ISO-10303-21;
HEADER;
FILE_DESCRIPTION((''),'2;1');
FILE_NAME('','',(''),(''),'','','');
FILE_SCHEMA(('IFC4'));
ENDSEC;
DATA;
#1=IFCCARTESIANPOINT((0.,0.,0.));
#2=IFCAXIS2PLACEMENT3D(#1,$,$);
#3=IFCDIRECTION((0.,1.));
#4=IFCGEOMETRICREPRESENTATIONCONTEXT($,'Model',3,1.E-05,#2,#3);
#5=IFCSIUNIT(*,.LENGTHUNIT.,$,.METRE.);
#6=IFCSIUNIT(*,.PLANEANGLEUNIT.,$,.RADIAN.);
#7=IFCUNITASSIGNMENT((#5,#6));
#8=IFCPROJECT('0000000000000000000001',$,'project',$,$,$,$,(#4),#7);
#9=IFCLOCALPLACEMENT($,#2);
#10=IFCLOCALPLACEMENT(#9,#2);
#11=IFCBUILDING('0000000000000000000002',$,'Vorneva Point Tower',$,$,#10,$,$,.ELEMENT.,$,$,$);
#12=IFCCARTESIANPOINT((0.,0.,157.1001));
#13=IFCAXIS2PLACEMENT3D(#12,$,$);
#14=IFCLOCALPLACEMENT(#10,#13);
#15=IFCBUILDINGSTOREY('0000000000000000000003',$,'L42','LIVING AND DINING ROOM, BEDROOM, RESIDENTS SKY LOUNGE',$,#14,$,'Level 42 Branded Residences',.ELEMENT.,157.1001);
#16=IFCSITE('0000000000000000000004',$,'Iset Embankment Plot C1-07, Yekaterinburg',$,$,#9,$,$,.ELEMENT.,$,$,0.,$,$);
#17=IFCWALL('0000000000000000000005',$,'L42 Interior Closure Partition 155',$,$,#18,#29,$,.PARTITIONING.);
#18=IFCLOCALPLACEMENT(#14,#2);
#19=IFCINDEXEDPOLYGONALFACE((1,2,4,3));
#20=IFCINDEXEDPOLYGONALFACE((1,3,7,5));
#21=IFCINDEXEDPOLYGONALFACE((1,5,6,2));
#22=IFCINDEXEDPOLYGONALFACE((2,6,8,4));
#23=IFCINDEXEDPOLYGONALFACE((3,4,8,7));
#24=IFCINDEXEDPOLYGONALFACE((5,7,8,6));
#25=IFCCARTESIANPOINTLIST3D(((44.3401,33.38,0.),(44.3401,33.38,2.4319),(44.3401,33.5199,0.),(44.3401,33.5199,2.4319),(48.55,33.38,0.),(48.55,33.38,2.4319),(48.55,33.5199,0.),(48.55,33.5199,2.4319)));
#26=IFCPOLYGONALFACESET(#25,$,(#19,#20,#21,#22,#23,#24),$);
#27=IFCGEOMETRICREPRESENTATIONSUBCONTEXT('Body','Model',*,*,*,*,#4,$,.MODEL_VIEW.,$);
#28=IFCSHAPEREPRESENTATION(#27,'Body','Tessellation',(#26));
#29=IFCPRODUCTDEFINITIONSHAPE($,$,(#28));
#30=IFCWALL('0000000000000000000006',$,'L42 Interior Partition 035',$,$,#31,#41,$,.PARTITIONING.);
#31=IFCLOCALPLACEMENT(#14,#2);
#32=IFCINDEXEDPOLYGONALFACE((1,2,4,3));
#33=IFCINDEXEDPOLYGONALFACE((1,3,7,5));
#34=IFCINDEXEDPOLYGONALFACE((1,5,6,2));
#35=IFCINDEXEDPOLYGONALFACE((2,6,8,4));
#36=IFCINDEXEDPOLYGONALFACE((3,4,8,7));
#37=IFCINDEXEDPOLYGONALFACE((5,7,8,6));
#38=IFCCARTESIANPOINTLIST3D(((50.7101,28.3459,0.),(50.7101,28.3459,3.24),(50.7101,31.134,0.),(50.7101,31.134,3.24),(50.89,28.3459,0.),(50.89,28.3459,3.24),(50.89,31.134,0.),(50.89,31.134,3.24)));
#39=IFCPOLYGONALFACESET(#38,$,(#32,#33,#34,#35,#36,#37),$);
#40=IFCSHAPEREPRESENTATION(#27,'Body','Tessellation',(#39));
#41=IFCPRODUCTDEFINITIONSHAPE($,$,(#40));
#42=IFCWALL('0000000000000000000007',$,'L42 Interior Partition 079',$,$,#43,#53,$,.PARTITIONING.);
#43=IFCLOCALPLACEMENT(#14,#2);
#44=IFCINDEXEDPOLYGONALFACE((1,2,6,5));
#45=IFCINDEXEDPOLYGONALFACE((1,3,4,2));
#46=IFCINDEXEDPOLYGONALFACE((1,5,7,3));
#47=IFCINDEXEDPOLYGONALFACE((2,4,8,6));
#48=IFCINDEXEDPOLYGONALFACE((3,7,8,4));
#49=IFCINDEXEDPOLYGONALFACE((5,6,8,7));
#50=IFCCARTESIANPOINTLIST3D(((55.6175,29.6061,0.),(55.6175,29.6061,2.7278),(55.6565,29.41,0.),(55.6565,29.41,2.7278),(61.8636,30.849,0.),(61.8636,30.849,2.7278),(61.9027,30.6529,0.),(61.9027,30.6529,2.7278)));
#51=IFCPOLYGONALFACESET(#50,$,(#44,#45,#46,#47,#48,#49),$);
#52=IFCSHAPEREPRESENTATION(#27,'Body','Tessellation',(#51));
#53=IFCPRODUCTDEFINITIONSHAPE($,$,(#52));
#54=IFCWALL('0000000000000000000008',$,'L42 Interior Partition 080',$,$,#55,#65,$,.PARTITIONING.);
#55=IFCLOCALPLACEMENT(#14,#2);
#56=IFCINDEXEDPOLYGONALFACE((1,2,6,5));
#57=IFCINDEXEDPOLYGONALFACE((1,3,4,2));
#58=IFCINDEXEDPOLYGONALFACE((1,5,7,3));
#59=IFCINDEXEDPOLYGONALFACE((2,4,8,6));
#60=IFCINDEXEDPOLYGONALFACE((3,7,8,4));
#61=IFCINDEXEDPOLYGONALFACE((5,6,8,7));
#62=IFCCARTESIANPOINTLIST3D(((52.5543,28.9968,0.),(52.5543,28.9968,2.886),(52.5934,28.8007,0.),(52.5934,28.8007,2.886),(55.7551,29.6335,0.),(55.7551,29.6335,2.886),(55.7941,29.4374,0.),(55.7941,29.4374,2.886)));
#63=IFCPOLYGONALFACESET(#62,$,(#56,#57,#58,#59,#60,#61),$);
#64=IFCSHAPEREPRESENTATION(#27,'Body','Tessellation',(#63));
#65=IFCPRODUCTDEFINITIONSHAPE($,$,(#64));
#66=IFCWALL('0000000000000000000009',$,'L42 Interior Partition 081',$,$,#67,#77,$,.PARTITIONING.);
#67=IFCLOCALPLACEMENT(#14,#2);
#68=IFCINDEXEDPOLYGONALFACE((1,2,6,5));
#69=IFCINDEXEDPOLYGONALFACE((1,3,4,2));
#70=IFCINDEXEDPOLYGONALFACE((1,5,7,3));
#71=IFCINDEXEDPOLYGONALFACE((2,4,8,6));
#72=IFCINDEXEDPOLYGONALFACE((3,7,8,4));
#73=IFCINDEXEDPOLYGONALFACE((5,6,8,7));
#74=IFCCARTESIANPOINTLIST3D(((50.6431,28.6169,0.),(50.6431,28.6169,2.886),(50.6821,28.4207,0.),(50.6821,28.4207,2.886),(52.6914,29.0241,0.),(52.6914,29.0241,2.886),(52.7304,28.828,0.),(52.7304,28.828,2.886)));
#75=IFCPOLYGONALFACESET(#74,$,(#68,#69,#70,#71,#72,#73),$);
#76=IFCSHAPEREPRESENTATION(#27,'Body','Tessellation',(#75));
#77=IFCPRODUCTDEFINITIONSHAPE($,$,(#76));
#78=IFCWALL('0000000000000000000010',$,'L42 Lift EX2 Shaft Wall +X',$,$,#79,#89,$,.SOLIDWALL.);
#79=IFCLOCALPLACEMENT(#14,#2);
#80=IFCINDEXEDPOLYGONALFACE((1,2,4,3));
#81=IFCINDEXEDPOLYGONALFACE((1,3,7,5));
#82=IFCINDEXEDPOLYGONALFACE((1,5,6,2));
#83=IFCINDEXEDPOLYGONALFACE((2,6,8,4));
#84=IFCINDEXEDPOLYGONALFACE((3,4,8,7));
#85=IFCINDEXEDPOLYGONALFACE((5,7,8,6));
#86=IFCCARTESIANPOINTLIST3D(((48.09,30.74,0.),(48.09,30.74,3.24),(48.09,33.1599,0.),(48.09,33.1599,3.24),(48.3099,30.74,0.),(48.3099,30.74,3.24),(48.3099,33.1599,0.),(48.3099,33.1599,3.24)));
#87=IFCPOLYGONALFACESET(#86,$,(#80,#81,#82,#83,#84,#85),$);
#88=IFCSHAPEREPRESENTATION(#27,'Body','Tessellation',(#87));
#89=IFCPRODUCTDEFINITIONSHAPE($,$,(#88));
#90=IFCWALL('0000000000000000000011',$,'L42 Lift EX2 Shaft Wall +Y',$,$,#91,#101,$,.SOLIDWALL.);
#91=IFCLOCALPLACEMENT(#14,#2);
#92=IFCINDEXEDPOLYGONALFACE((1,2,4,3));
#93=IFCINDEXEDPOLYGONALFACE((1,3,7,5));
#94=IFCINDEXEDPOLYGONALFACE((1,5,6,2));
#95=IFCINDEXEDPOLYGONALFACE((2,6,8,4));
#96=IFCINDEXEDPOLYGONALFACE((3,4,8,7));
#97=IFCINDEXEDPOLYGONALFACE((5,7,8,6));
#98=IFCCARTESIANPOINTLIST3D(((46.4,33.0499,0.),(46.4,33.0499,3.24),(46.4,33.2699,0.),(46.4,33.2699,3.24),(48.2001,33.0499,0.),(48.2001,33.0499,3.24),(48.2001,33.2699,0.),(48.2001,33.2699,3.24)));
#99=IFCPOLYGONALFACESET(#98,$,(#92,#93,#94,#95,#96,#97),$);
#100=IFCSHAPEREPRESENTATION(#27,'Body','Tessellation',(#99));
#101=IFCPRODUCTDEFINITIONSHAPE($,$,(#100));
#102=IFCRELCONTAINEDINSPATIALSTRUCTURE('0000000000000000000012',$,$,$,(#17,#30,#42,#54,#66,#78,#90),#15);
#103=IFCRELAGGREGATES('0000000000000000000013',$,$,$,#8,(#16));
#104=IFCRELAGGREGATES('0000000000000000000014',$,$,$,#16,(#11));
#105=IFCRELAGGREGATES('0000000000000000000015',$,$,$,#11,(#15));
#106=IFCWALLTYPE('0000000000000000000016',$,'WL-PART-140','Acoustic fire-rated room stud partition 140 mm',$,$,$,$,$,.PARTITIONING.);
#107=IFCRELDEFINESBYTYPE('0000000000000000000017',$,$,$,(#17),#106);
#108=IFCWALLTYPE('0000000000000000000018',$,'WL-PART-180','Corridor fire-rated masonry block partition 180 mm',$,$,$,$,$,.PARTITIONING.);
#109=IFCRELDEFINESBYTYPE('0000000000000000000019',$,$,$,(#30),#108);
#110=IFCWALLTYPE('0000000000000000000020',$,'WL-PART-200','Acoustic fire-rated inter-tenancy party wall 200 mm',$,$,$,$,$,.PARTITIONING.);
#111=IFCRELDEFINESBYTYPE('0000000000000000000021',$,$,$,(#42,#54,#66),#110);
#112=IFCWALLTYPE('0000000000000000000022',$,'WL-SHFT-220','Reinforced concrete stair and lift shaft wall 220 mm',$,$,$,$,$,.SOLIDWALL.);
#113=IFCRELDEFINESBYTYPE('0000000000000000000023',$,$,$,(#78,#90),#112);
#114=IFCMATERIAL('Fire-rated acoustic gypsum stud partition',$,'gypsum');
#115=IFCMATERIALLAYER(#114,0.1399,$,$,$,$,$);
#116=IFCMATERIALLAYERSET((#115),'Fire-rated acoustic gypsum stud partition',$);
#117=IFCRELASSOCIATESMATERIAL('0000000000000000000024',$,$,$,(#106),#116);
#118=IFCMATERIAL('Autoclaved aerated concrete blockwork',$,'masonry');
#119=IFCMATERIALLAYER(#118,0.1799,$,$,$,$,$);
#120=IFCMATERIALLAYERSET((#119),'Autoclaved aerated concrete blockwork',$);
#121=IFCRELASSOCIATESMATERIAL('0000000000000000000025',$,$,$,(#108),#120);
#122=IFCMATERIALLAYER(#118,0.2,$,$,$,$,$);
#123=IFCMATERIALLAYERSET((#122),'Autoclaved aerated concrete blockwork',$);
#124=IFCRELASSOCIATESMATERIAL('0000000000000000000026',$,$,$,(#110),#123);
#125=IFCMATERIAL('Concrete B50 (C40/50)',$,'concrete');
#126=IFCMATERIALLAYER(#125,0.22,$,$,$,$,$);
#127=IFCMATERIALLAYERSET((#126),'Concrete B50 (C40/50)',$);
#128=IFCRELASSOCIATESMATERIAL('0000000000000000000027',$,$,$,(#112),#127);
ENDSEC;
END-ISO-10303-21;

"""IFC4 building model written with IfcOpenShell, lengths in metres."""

from ifc_helpers import new_model, si_unit, direction, frame, frame_2d, origin, place, context, subcontext, project, spatial, rectangle, extrude, material, layer, layer_set, type_object, element, save


model = new_model("IFC4")

# Units and contexts
model_context = context("Model", 3, precision=1e-05, world=origin(), true_north=direction((0.0, 1.0)))
body_context = subcontext(model_context, "Body", "Model", "MODEL_VIEW")
ifc_project = project(units=[si_unit("LENGTHUNIT", "METRE"), si_unit("PLANEANGLEUNIT", "RADIAN")], contexts=[model_context])

# Site, building, storey
site_placement = place(None, origin())
site = spatial("IfcSite", under=ifc_project, at=site_placement, Name="Iset Embankment Plot C1-07, Yekaterinburg", CompositionType="ELEMENT", RefElevation=0.0)
building_placement = place(site_placement, origin())
building = spatial("IfcBuilding", under=site, at=building_placement, Name="Vorneva Point Tower", CompositionType="ELEMENT")
storey_placement = place(building_placement, frame((0.0, 0.0, 157.1001)))
storey = spatial("IfcBuildingStorey", under=building, at=storey_placement, Name="L42", Description="LIVING AND DINING ROOM, BEDROOM, RESIDENTS SKY LOUNGE", LongName="Level 42 Branded Residences", CompositionType="ELEMENT", Elevation=157.1001)

# Shared definitions
ifc_material_1 = material(Name="Fire-rated acoustic gypsum stud partition", Category="gypsum")

# Wall
ifc_layer_1 = layer(ifc_material_1, 0.1399)
ifc_layer_set_1 = layer_set([ifc_layer_1], Name="Fire-rated acoustic gypsum stud partition")
wall_type_1 = type_object("IfcWallType", Name="WL-PART-140", Description="Acoustic fire-rated room stud partition 140 mm", PredefinedType="PARTITIONING", material=ifc_layer_set_1)
wall_1_placement = place(storey_placement, frame((48.55, 33.45, 0.0), z_axis=(0.0, 0.0, 1.0), x_axis=(-1.0, 0.0, 0.0)))
element("IfcWall", 1, at=wall_1_placement, inside=storey, type_object=wall_type_1, Name="L42 Interior Closure Partition 155", PredefinedType="PARTITIONING", context=body_context, shape_type="SweptSolid", body=[
    extrude(rectangle(XDim=4.21, YDim=0.1399, at=frame_2d((2.105, 0.0))), origin(), (0.0, 0.0, 1.0), 2.4319),
])

# Shared definitions
ifc_material_2 = material(Name="Autoclaved aerated concrete blockwork", Category="masonry")
ifc_layer_2 = layer(ifc_material_2, 0.1799)
ifc_layer_set_2 = layer_set([ifc_layer_2], Name="Autoclaved aerated concrete blockwork")
wall_type_2 = type_object("IfcWallType", Name="WL-PART-180", Description="Corridor fire-rated masonry block partition 180 mm", PredefinedType="PARTITIONING", material=ifc_layer_set_2)

# Walls
wall_2_placement = place(storey_placement, frame((50.8, 28.3459, 0.0), z_axis=(0.0, 0.0, 1.0), x_axis=(0.0, 1.0, 0.0)))
element("IfcWall", 2, at=wall_2_placement, inside=storey, type_object=wall_type_2, Name="L42 Interior Partition 035", PredefinedType="PARTITIONING", context=body_context, shape_type="SweptSolid", body=[
    extrude(rectangle(XDim=2.7881, YDim=0.1799, at=frame_2d((1.394, 0.0))), origin(), (0.0, 0.0, 1.0), 3.24),
])
ifc_layer_3 = layer(ifc_material_2, 0.2)
ifc_layer_set_3 = layer_set([ifc_layer_3], Name="Autoclaved aerated concrete blockwork")
wall_type_3 = type_object("IfcWallType", Name="WL-PART-200", Description="Acoustic fire-rated inter-tenancy party wall 200 mm", PredefinedType="PARTITIONING", material=ifc_layer_set_3)
wall_3_placement = place(storey_placement, frame((55.637, 29.5081, 0.0), z_axis=(0.0, 0.0, 1.0), x_axis=(0.98077, 0.195165, 0.0)))
element("IfcWall", 3, at=wall_3_placement, inside=storey, type_object=wall_type_3, Name="L42 Interior Partition 079", PredefinedType="PARTITIONING", context=body_context, shape_type="SweptSolid", body=[
    extrude(rectangle(XDim=6.3687, YDim=0.2, at=frame_2d((3.1843, 0.0))), origin(), (0.0, 0.0, 1.0), 2.7278),
])
wall_4_placement = place(storey_placement, frame((52.5737, 28.8987, 0.0), z_axis=(0.0, 0.0, 1.0), x_axis=(0.980782, 0.195109, 0.0)))
element("IfcWall", 4, at=wall_4_placement, inside=storey, type_object=wall_type_3, Name="L42 Interior Partition 080", PredefinedType="PARTITIONING", context=body_context, shape_type="SweptSolid", body=[
    extrude(rectangle(XDim=3.2634, YDim=0.2, at=frame_2d((1.6318, 0.0))), origin(), (0.0, 0.0, 1.0), 2.886),
])
wall_5_placement = place(storey_placement, frame((50.6626, 28.5188, 0.0), z_axis=(0.0, 0.0, 1.0), x_axis=(0.980805, 0.194992, 0.0)))
element("IfcWall", 5, at=wall_5_placement, inside=storey, type_object=wall_type_3, Name="L42 Interior Partition 081", PredefinedType="PARTITIONING", context=body_context, shape_type="SweptSolid", body=[
    extrude(rectangle(XDim=2.0884, YDim=0.2, at=frame_2d((1.0442, 0.0))), origin(), (0.0, 0.0, 1.0), 2.886),
])
ifc_material_3 = material(Name="Concrete B50 (C40/50)", Category="concrete")
ifc_layer_4 = layer(ifc_material_3, 0.22)
ifc_layer_set_4 = layer_set([ifc_layer_4], Name="Concrete B50 (C40/50)")
wall_type_4 = type_object("IfcWallType", Name="WL-SHFT-220", Description="Reinforced concrete stair and lift shaft wall 220 mm", PredefinedType="SOLIDWALL", material=ifc_layer_set_4)
wall_6_placement = place(storey_placement, frame((48.2, 30.74, 0.0), z_axis=(0.0, 0.0, 1.0), x_axis=(0.0, 1.0, 0.0)))
element("IfcWall", 6, at=wall_6_placement, inside=storey, type_object=wall_type_4, Name="L42 Lift EX2 Shaft Wall +X", PredefinedType="SOLIDWALL", context=body_context, shape_type="SweptSolid", body=[
    extrude(rectangle(XDim=2.4199, YDim=0.22, at=frame_2d((1.21, 0.0))), origin(), (0.0, 0.0, 1.0), 3.24),
])
wall_7_placement = place(storey_placement, frame((48.2, 33.1599, 0.0), z_axis=(0.0, 0.0, 1.0), x_axis=(-1.0, 0.0, 0.0)))
element("IfcWall", 7, at=wall_7_placement, inside=storey, type_object=wall_type_4, Name="L42 Lift EX2 Shaft Wall +Y", PredefinedType="SOLIDWALL", context=body_context, shape_type="SweptSolid", body=[
    extrude(rectangle(XDim=1.8, YDim=0.22, at=frame_2d((0.8999, 0.0))), origin(), (0.0, 0.0, 1.0), 3.24),
])

save(model, "model.ifc")
